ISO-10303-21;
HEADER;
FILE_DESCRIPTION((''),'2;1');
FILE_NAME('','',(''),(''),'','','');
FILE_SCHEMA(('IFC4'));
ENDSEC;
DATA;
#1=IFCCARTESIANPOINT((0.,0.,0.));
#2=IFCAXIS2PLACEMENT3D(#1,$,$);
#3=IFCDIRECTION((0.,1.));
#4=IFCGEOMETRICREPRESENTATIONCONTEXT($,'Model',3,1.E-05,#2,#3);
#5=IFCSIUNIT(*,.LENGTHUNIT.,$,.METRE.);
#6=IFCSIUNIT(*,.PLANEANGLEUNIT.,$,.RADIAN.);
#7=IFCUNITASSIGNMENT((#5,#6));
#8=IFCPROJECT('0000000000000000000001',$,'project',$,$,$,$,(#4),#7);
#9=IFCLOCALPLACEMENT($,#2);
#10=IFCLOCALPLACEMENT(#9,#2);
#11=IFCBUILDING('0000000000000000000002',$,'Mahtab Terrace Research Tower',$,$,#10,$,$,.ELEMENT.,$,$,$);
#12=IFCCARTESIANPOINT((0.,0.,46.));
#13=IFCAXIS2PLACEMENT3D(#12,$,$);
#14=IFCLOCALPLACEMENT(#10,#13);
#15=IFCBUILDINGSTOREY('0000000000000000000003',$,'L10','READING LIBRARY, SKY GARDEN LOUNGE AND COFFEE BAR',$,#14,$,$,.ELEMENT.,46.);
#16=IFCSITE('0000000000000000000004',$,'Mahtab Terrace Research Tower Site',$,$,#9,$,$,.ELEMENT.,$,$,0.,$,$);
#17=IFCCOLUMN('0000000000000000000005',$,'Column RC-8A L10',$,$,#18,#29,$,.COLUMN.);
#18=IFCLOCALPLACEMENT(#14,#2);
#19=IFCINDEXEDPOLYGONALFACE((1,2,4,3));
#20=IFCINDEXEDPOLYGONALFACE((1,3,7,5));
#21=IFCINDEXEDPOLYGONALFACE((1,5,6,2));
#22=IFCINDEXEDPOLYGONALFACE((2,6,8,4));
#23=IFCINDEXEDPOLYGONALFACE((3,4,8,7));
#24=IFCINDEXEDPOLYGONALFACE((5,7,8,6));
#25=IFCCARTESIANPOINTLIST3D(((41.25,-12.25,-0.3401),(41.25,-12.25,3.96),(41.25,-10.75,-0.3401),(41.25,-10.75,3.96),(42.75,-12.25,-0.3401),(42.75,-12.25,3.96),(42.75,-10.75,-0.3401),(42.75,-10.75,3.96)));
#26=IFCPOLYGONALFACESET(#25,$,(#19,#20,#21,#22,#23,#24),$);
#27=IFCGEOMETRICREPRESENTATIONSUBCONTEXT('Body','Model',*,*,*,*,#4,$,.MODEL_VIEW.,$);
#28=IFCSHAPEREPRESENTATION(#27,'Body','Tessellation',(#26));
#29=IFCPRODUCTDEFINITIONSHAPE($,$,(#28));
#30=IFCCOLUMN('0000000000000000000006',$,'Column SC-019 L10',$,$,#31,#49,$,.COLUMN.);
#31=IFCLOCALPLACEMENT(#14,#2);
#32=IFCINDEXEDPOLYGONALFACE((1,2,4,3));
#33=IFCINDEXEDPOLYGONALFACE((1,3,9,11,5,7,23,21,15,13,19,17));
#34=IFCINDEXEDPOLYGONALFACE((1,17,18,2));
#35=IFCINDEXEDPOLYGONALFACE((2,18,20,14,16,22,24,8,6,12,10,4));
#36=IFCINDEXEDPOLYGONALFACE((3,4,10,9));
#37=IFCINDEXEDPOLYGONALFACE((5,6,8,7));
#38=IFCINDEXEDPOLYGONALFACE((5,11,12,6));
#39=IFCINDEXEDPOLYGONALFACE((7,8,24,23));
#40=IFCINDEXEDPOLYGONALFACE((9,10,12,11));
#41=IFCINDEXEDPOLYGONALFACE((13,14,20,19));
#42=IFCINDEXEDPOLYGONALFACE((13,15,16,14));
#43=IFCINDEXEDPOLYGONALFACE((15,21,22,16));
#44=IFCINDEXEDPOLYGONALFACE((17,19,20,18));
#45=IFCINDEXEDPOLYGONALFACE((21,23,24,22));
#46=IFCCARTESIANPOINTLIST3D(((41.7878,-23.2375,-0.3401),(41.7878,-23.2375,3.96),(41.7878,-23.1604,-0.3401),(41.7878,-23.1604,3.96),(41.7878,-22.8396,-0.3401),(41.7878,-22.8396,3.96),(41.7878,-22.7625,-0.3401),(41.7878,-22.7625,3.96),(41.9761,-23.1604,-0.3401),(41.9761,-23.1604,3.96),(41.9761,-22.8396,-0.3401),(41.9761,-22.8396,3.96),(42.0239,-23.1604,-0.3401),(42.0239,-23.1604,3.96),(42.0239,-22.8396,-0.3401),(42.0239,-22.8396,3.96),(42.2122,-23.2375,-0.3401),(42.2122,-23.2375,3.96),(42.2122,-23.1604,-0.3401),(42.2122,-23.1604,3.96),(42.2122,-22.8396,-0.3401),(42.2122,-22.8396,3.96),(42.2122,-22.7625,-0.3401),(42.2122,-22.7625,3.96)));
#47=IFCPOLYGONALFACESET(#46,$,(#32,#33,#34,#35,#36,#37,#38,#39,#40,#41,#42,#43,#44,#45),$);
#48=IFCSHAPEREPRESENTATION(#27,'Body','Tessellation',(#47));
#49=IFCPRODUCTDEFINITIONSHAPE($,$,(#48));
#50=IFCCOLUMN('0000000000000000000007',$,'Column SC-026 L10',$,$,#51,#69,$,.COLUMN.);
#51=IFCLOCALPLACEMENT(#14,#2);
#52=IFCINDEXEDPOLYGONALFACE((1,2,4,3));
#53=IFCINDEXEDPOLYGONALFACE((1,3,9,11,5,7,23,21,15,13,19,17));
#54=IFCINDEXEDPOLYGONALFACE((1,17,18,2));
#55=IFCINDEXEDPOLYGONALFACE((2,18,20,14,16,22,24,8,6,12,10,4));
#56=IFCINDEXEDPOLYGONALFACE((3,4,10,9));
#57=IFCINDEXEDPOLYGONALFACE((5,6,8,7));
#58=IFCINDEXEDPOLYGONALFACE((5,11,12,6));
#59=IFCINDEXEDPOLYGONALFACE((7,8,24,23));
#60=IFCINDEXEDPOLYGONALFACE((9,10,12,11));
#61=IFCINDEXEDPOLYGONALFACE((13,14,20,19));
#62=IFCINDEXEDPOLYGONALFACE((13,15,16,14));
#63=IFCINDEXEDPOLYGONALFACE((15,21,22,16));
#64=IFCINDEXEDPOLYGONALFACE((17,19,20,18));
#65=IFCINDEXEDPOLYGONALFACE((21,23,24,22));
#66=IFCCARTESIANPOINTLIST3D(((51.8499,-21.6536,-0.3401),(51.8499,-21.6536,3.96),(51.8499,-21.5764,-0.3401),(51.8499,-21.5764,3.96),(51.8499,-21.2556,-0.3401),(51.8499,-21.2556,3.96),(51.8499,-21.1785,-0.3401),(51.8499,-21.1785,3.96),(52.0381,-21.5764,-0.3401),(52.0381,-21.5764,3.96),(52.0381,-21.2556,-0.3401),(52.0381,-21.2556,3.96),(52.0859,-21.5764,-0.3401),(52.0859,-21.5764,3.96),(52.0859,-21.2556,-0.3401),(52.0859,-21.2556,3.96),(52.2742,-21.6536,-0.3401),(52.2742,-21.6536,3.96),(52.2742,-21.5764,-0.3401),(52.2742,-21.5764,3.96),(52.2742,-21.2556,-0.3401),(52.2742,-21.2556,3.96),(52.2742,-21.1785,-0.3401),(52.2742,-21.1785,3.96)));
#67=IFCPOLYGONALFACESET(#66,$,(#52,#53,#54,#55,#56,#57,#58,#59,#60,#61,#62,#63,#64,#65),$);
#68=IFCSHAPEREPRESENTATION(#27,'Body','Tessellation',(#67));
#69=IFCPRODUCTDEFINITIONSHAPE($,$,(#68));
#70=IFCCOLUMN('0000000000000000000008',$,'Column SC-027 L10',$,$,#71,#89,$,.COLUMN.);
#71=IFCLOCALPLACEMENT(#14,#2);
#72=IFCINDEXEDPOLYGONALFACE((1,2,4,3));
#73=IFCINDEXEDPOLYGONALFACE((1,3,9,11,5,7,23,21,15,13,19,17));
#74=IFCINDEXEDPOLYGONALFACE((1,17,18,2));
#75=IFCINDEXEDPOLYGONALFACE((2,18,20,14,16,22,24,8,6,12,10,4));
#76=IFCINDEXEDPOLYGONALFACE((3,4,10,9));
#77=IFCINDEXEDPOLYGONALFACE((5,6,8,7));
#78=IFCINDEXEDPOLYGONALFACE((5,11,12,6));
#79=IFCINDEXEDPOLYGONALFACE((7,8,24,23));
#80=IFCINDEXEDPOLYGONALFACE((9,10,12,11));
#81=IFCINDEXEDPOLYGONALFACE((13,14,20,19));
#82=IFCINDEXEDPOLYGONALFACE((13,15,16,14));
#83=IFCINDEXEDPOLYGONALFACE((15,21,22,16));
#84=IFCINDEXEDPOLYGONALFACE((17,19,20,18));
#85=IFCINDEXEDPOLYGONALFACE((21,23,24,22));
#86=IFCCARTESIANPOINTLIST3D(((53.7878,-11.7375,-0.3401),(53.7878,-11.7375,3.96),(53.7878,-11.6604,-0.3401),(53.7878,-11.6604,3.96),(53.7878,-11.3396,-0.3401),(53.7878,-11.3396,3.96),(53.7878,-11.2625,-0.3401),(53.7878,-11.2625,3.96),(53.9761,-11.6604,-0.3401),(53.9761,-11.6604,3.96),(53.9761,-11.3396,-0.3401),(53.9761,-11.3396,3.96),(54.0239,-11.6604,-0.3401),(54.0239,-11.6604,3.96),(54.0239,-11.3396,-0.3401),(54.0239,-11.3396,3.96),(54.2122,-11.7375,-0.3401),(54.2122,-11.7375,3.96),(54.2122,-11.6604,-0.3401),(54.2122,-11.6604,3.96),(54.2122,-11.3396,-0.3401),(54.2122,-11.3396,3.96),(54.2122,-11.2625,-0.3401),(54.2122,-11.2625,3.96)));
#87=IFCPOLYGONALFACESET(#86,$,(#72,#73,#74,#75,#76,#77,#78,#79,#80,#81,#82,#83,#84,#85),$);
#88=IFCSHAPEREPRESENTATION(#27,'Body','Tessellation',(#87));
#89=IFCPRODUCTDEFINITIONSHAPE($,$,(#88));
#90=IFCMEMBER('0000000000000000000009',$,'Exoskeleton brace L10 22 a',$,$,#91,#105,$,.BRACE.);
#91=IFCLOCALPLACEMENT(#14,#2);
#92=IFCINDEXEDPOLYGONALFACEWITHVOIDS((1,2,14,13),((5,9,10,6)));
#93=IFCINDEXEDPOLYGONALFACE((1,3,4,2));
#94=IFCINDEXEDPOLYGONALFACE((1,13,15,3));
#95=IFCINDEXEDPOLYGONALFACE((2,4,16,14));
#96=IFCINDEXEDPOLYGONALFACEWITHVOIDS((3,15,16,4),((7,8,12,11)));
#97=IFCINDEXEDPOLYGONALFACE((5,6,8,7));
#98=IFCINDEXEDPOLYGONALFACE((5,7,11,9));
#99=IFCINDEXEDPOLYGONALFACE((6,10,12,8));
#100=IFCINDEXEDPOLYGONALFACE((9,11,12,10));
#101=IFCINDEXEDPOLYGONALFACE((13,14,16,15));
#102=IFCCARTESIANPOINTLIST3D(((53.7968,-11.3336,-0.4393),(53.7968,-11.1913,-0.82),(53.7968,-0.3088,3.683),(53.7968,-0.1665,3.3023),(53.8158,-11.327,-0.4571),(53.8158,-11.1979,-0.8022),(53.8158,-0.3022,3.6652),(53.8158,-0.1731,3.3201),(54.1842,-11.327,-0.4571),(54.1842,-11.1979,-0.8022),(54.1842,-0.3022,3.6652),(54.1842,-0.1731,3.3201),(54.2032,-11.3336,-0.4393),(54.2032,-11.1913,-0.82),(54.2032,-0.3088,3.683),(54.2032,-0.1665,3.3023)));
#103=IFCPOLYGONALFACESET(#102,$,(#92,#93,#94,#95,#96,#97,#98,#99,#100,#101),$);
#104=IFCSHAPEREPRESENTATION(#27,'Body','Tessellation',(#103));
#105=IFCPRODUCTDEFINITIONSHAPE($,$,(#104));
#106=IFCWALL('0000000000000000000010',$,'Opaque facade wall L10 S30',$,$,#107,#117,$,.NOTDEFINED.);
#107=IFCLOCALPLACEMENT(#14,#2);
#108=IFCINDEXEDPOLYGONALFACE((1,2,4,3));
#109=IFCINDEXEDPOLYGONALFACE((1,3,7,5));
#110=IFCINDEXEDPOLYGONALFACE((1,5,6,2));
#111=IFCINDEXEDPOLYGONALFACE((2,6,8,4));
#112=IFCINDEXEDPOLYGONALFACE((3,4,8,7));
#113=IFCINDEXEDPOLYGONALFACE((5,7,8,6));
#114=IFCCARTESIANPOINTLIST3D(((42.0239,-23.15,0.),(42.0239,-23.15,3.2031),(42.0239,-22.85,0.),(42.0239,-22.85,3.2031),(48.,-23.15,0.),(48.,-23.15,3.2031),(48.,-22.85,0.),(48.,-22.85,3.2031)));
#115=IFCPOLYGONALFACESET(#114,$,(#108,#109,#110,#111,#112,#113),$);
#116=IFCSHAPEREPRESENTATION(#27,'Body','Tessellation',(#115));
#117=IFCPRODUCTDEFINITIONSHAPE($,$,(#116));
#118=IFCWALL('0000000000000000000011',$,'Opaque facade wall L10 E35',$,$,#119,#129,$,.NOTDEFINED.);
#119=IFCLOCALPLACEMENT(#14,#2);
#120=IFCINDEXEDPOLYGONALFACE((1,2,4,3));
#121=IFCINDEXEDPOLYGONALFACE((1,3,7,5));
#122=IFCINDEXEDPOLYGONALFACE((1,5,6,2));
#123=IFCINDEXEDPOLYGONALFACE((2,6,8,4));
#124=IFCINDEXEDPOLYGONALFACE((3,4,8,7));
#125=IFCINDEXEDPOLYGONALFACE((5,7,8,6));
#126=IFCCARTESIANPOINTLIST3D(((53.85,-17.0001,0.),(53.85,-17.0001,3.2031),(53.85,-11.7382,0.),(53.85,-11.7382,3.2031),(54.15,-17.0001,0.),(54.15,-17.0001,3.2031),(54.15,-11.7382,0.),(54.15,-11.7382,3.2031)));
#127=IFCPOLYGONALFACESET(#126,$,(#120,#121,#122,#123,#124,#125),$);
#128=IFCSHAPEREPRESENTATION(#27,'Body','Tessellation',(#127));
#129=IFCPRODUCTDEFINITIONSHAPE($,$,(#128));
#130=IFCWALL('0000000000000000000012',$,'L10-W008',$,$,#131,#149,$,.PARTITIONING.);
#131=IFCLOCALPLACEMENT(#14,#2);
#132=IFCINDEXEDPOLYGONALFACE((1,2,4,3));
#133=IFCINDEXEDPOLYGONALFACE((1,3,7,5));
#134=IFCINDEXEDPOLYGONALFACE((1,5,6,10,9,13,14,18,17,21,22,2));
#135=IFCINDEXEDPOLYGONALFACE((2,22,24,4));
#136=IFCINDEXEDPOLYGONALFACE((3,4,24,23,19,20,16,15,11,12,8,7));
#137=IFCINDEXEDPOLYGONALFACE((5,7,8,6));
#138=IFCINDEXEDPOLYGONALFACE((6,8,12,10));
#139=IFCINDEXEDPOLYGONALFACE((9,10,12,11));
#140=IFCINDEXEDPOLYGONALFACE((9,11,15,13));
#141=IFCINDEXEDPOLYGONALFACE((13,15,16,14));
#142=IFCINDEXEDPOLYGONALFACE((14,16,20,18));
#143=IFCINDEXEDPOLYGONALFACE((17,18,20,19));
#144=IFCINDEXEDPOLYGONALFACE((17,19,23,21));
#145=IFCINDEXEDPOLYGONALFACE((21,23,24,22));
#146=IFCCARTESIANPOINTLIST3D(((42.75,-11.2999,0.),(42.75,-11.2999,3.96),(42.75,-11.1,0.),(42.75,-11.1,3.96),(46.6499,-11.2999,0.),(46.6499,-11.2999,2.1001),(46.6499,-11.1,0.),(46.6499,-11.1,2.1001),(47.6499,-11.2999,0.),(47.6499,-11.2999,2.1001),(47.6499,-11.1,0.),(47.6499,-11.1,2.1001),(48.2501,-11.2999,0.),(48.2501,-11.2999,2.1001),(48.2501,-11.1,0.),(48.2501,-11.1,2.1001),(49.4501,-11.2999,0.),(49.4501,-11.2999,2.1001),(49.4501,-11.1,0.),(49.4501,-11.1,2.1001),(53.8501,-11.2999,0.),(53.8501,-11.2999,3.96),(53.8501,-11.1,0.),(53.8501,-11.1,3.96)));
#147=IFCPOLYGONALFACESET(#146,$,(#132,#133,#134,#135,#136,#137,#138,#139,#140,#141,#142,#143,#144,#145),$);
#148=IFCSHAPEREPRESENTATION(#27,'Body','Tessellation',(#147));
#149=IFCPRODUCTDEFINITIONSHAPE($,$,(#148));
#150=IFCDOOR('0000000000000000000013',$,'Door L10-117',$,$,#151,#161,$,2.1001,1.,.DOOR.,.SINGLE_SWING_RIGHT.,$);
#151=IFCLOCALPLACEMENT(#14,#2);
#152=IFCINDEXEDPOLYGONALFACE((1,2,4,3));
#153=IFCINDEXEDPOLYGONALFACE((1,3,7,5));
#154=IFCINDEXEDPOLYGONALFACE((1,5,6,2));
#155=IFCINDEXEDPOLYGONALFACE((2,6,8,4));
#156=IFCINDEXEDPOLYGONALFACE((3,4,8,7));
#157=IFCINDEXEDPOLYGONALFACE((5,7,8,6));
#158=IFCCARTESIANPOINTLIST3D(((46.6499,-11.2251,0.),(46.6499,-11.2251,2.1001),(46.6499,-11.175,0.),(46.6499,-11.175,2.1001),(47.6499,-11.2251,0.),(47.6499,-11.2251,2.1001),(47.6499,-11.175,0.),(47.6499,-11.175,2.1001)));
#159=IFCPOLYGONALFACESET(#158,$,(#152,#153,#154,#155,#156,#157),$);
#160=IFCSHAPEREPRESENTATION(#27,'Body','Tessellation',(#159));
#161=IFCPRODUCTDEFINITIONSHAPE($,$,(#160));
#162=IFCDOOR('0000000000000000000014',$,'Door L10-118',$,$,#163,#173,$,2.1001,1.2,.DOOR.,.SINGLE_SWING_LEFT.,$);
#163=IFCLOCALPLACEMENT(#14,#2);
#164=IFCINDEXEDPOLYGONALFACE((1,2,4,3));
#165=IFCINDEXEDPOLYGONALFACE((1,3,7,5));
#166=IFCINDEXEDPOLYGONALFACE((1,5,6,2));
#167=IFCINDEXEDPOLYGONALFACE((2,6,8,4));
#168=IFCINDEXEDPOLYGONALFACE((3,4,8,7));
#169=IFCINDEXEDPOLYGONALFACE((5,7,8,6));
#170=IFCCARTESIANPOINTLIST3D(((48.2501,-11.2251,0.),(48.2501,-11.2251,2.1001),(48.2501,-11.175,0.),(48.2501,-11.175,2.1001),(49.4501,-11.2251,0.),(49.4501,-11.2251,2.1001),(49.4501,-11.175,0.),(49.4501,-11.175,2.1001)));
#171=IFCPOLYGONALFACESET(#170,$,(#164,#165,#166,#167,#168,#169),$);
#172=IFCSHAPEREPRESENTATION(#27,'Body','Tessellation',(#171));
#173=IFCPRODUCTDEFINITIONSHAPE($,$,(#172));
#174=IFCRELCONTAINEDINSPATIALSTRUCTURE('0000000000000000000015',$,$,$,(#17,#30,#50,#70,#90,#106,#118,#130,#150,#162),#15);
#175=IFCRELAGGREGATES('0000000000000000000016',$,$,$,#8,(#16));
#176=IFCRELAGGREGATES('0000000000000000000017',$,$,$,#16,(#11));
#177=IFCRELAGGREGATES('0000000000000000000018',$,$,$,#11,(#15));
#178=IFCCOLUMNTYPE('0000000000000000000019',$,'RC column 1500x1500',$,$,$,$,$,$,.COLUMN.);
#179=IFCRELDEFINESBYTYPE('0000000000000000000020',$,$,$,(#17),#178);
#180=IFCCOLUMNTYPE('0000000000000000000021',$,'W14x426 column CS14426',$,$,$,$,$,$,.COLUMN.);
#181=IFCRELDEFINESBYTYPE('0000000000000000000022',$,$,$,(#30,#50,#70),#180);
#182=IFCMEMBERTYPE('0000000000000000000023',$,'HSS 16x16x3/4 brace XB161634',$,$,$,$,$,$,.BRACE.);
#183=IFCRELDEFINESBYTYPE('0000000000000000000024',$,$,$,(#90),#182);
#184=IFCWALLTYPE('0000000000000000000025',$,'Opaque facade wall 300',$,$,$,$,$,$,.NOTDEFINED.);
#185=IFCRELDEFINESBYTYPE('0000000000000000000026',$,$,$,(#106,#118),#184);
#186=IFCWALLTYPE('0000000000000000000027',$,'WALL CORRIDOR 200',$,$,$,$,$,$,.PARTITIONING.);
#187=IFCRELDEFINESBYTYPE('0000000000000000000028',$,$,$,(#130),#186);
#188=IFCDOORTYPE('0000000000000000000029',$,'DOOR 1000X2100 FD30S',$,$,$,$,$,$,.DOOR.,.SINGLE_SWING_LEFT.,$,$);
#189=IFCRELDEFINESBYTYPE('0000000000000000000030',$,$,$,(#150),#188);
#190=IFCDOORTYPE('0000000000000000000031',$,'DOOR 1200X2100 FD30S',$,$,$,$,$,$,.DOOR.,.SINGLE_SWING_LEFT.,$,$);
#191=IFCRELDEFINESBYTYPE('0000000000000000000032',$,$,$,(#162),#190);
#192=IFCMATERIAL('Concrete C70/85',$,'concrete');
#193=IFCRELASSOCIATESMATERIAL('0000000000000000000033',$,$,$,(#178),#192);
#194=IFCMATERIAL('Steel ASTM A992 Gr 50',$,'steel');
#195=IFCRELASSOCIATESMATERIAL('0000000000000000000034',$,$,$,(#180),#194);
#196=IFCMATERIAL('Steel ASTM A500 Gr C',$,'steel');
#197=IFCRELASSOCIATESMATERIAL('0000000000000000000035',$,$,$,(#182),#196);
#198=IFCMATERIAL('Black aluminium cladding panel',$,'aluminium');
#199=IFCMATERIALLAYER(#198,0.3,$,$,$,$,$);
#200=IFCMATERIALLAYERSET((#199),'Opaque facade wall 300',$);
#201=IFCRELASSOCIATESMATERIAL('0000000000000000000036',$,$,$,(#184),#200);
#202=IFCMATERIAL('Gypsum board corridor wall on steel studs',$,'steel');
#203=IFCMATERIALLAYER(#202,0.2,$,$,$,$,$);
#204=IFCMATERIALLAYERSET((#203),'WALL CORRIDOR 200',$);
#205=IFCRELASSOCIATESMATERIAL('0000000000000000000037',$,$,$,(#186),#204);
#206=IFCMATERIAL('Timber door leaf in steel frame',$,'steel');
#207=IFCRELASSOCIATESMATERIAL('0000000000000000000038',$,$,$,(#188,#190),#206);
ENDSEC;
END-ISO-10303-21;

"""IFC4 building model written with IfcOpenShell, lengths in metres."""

from ifc_helpers import new_model, si_unit, direction, frame, frame_2d, origin, origin_2d, place, context, subcontext, project, spatial, rectangle, hollow_rectangle, i_section, extrude, material, layer, layer_set, material_profile, profile_set, type_object, element, fill, save


model = new_model("IFC4")

# Units and contexts
model_context = context("Model", 3, precision=1e-05, world=origin(), true_north=direction((0.0, 1.0)))
body_context = subcontext(model_context, "Body", "Model", "MODEL_VIEW")
ifc_project = project(units=[si_unit("LENGTHUNIT", "METRE"), si_unit("PLANEANGLEUNIT", "RADIAN")], contexts=[model_context])

# Site, building, storey
site_placement = place(None, origin())
site = spatial("IfcSite", under=ifc_project, at=site_placement, Name="Mahtab Terrace Research Tower Site", CompositionType="ELEMENT", RefElevation=0.0)
building_placement = place(site_placement, origin())
building = spatial("IfcBuilding", under=site, at=building_placement, Name="Mahtab Terrace Research Tower", CompositionType="ELEMENT")
storey_placement = place(building_placement, frame((0.0, 0.0, 46.0)))
storey = spatial("IfcBuildingStorey", under=building, at=storey_placement, Name="L10", Description="READING LIBRARY, SKY GARDEN LOUNGE AND COFFEE BAR", CompositionType="ELEMENT", Elevation=46.0)

# Columns
ifc_material_1 = material(Name="Concrete C70/85", Category="concrete")
ifc_material_profile_1 = material_profile(ifc_material_1, rectangle(XDim=1.5, YDim=1.5, at=origin_2d()), Name="RC column 1500x1500")
ifc_profile_set_1 = profile_set([ifc_material_profile_1], Name="Concrete C70/85")
column_type_1 = type_object("IfcColumnType", Name="RC column 1500x1500", PredefinedType="COLUMN", material=ifc_profile_set_1)
column_placement = place(storey_placement, frame((42.0, -11.5, -0.3401), z_axis=(0.0, 0.0, 1.0), x_axis=(1.0, 0.0, 0.0)))
element("IfcColumn", 1, at=column_placement, inside=storey, type_object=column_type_1, Name="Column RC-8A L10", PredefinedType="COLUMN", context=body_context, shape_type="SweptSolid", body=[
    extrude(rectangle(XDim=1.5, YDim=1.5, at=origin_2d()), origin(), (0.0, 0.0, 1.0), 4.3),
])
ifc_material_2 = material(Name="Steel ASTM A992 Gr 50", Category="steel")
ifc_material_profile_2 = material_profile(ifc_material_2, i_section(OverallWidth=0.4243, OverallDepth=0.4751, WebThickness=0.0479, FlangeThickness=0.0771, at=origin_2d()), Name="W14X426")
ifc_profile_set_2 = profile_set([ifc_material_profile_2], Name="Steel ASTM A992 Gr 50")
column_type_2 = type_object("IfcColumnType", Name="W14x426 column CS14426", PredefinedType="COLUMN", material=ifc_profile_set_2)
for number, where, z_axis, x_axis, name in (
    (2, (42.0, -23.0, -0.3401), (0.0, 0.0, 1.0), (1.0, 0.0, 0.0), "Column SC-019 L10"),
    (3, (52.062, -21.416, -0.3401), (0.0, 0.0, 1.0), (1.0, 0.0, 0.0), "Column SC-026 L10"),
    (4, (54.0, -11.5, -0.3401), (0.0, 0.0, 1.0), (1.0, 0.0, 0.0), "Column SC-027 L10"),
):
    element("IfcColumn", number, at=place(storey_placement, frame(where, z_axis=z_axis, x_axis=x_axis)), inside=storey, type_object=column_type_2, Name=name, PredefinedType="COLUMN", context=body_context, shape_type="SweptSolid", body=[
        extrude(i_section(OverallWidth=0.4243, OverallDepth=0.4751, WebThickness=0.0479, FlangeThickness=0.0771, at=origin_2d()), origin(), (0.0, 0.0, 1.0), 4.3),
    ])

# Member
ifc_material_3 = material(Name="Steel ASTM A500 Gr C", Category="steel")
ifc_material_profile_3 = material_profile(ifc_material_3, hollow_rectangle(XDim=0.4065, YDim=0.4065, WallThickness=0.019, at=origin_2d()), Name="HSS16X16X3/4")
ifc_profile_set_3 = profile_set([ifc_material_profile_3], Name="Steel ASTM A500 Gr C")
member_type = type_object("IfcMemberType", Name="HSS 16x16x3/4 brace XB161634", PredefinedType="BRACE", material=ifc_profile_set_3)
member_placement = place(storey_placement, frame((54.0, -11.2625, -0.6296), z_axis=(0.0, 0.936665, 0.350228), x_axis=(-1.0, 0.0, 0.0)))
element("IfcMember", 5, at=member_placement, inside=storey, type_object=member_type, Name="Exoskeleton brace L10 22 a", PredefinedType="BRACE", context=body_context, shape_type="SweptSolid", body=[
    extrude(hollow_rectangle(XDim=0.4065, YDim=0.4065, WallThickness=0.019, at=origin_2d()), origin(), (0.0, 0.0, 1.0), 11.7703),
])

# Walls
ifc_material_4 = material(Name="Black aluminium cladding panel", Category="aluminium")
ifc_layer_1 = layer(ifc_material_4, 0.3)
ifc_layer_set_1 = layer_set([ifc_layer_1], Name="Opaque facade wall 300")
wall_type_1 = type_object("IfcWallType", Name="Opaque facade wall 300", PredefinedType="NOTDEFINED", material=ifc_layer_set_1)
wall_1_placement = place(storey_placement, frame((42.0239, -23.0, 0.0), z_axis=(0.0, 0.0, 1.0), x_axis=(1.0, 0.0, 0.0)))
element("IfcWall", 6, at=wall_1_placement, inside=storey, type_object=wall_type_1, Name="Opaque facade wall L10 S30", PredefinedType="NOTDEFINED", context=body_context, shape_type="SweptSolid", body=[
    extrude(rectangle(XDim=5.9761, YDim=0.3, at=frame_2d((2.988, 0.0))), origin(), (0.0, 0.0, 1.0), 3.2031),
])
wall_2_placement = place(storey_placement, frame((54.0, -17.0, 0.0), z_axis=(0.0, 0.0, 1.0), x_axis=(0.0, 1.0, 0.0)))
element("IfcWall", 7, at=wall_2_placement, inside=storey, type_object=wall_type_1, Name="Opaque facade wall L10 E35", PredefinedType="NOTDEFINED", context=body_context, shape_type="SweptSolid", body=[
    extrude(rectangle(XDim=5.262, YDim=0.3, at=frame_2d((2.6309, 0.0))), origin(), (0.0, 0.0, 1.0), 3.2031),
])

# Wall, openings, doors
ifc_material_5 = material(Name="Gypsum board corridor wall on steel studs", Category="steel")
ifc_layer_2 = layer(ifc_material_5, 0.2)
ifc_layer_set_2 = layer_set([ifc_layer_2], Name="WALL CORRIDOR 200")
wall_type_2 = type_object("IfcWallType", Name="WALL CORRIDOR 200", PredefinedType="PARTITIONING", material=ifc_layer_set_2)
wall_3_placement = place(storey_placement, frame((42.75, -11.2, 0.0), z_axis=(0.0, 0.0, 1.0), x_axis=(1.0, 0.0, 0.0)))
wall_3 = element("IfcWall", 8, at=wall_3_placement, inside=storey, type_object=wall_type_2, Name="L10-W008", PredefinedType="PARTITIONING", context=body_context, shape_type="SweptSolid", body=[
    extrude(rectangle(XDim=11.1001, YDim=0.2, at=frame_2d((5.55, 0.0))), origin(), (0.0, 0.0, 1.0), 3.96),
])
opening_1_placement = place(wall_3_placement, frame((3.8999, 0.0, 0.0)))
opening_1 = element("IfcOpeningElement", 9, at=opening_1_placement, cuts=wall_3, PredefinedType="OPENING", context=body_context, shape_type="SweptSolid", body=[
    extrude(rectangle(XDim=1.0, YDim=2.1001, at=frame_2d((0.5, 1.05))), frame((0.0, 0.1099, 0.0), z_axis=(0.0, -1.0, 0.0), x_axis=(1.0, 0.0, 0.0)), (0.0, 0.0, 1.0), 0.22),
])
opening_2_placement = place(wall_3_placement, frame((5.5, 0.0, 0.0)))
opening_2 = element("IfcOpeningElement", 10, at=opening_2_placement, cuts=wall_3, PredefinedType="OPENING", context=body_context, shape_type="SweptSolid", body=[
    extrude(rectangle(XDim=1.2, YDim=2.1001, at=frame_2d((0.6001, 1.05))), frame((0.0, 0.1099, 0.0), z_axis=(0.0, -1.0, 0.0), x_axis=(1.0, 0.0, 0.0)), (0.0, 0.0, 1.0), 0.22),
])
ifc_material_6 = material(Name="Timber door leaf in steel frame", Category="steel")
door_type_1 = type_object("IfcDoorType", Name="DOOR 1000X2100 FD30S", OperationType="SINGLE_SWING_LEFT", PredefinedType="DOOR", material=ifc_material_6)
door_1_placement = place(opening_1_placement, origin())
door_1 = element("IfcDoor", 11, at=door_1_placement, inside=storey, type_object=door_type_1, Name="Door L10-117", OperationType="SINGLE_SWING_RIGHT", OverallHeight=2.1001, OverallWidth=1.0, PredefinedType="DOOR", context=body_context, shape_type="SweptSolid", body=[
    extrude(rectangle(XDim=1.0, YDim=2.1001, at=frame_2d((0.5, 1.05))), frame((0.0, 0.0249, 0.0), z_axis=(0.0, -1.0, 0.0), x_axis=(1.0, 0.0, 0.0)), (0.0, 0.0, 1.0), 0.05),
])
fill(opening_1, door_1)
door_type_2 = type_object("IfcDoorType", Name="DOOR 1200X2100 FD30S", OperationType="SINGLE_SWING_LEFT", PredefinedType="DOOR", material=ifc_material_6)
door_2_placement = place(opening_2_placement, origin())
door_2 = element("IfcDoor", 12, at=door_2_placement, inside=storey, type_object=door_type_2, Name="Door L10-118", OperationType="SINGLE_SWING_LEFT", OverallHeight=2.1001, OverallWidth=1.2, PredefinedType="DOOR", context=body_context, shape_type="SweptSolid", body=[
    extrude(rectangle(XDim=1.2, YDim=2.1001, at=frame_2d((0.6001, 1.05))), frame((0.0, 0.0249, 0.0), z_axis=(0.0, -1.0, 0.0), x_axis=(1.0, 0.0, 0.0)), (0.0, 0.0, 1.0), 0.05),
])
fill(opening_2, door_2)

save(model, "model.ifc")
